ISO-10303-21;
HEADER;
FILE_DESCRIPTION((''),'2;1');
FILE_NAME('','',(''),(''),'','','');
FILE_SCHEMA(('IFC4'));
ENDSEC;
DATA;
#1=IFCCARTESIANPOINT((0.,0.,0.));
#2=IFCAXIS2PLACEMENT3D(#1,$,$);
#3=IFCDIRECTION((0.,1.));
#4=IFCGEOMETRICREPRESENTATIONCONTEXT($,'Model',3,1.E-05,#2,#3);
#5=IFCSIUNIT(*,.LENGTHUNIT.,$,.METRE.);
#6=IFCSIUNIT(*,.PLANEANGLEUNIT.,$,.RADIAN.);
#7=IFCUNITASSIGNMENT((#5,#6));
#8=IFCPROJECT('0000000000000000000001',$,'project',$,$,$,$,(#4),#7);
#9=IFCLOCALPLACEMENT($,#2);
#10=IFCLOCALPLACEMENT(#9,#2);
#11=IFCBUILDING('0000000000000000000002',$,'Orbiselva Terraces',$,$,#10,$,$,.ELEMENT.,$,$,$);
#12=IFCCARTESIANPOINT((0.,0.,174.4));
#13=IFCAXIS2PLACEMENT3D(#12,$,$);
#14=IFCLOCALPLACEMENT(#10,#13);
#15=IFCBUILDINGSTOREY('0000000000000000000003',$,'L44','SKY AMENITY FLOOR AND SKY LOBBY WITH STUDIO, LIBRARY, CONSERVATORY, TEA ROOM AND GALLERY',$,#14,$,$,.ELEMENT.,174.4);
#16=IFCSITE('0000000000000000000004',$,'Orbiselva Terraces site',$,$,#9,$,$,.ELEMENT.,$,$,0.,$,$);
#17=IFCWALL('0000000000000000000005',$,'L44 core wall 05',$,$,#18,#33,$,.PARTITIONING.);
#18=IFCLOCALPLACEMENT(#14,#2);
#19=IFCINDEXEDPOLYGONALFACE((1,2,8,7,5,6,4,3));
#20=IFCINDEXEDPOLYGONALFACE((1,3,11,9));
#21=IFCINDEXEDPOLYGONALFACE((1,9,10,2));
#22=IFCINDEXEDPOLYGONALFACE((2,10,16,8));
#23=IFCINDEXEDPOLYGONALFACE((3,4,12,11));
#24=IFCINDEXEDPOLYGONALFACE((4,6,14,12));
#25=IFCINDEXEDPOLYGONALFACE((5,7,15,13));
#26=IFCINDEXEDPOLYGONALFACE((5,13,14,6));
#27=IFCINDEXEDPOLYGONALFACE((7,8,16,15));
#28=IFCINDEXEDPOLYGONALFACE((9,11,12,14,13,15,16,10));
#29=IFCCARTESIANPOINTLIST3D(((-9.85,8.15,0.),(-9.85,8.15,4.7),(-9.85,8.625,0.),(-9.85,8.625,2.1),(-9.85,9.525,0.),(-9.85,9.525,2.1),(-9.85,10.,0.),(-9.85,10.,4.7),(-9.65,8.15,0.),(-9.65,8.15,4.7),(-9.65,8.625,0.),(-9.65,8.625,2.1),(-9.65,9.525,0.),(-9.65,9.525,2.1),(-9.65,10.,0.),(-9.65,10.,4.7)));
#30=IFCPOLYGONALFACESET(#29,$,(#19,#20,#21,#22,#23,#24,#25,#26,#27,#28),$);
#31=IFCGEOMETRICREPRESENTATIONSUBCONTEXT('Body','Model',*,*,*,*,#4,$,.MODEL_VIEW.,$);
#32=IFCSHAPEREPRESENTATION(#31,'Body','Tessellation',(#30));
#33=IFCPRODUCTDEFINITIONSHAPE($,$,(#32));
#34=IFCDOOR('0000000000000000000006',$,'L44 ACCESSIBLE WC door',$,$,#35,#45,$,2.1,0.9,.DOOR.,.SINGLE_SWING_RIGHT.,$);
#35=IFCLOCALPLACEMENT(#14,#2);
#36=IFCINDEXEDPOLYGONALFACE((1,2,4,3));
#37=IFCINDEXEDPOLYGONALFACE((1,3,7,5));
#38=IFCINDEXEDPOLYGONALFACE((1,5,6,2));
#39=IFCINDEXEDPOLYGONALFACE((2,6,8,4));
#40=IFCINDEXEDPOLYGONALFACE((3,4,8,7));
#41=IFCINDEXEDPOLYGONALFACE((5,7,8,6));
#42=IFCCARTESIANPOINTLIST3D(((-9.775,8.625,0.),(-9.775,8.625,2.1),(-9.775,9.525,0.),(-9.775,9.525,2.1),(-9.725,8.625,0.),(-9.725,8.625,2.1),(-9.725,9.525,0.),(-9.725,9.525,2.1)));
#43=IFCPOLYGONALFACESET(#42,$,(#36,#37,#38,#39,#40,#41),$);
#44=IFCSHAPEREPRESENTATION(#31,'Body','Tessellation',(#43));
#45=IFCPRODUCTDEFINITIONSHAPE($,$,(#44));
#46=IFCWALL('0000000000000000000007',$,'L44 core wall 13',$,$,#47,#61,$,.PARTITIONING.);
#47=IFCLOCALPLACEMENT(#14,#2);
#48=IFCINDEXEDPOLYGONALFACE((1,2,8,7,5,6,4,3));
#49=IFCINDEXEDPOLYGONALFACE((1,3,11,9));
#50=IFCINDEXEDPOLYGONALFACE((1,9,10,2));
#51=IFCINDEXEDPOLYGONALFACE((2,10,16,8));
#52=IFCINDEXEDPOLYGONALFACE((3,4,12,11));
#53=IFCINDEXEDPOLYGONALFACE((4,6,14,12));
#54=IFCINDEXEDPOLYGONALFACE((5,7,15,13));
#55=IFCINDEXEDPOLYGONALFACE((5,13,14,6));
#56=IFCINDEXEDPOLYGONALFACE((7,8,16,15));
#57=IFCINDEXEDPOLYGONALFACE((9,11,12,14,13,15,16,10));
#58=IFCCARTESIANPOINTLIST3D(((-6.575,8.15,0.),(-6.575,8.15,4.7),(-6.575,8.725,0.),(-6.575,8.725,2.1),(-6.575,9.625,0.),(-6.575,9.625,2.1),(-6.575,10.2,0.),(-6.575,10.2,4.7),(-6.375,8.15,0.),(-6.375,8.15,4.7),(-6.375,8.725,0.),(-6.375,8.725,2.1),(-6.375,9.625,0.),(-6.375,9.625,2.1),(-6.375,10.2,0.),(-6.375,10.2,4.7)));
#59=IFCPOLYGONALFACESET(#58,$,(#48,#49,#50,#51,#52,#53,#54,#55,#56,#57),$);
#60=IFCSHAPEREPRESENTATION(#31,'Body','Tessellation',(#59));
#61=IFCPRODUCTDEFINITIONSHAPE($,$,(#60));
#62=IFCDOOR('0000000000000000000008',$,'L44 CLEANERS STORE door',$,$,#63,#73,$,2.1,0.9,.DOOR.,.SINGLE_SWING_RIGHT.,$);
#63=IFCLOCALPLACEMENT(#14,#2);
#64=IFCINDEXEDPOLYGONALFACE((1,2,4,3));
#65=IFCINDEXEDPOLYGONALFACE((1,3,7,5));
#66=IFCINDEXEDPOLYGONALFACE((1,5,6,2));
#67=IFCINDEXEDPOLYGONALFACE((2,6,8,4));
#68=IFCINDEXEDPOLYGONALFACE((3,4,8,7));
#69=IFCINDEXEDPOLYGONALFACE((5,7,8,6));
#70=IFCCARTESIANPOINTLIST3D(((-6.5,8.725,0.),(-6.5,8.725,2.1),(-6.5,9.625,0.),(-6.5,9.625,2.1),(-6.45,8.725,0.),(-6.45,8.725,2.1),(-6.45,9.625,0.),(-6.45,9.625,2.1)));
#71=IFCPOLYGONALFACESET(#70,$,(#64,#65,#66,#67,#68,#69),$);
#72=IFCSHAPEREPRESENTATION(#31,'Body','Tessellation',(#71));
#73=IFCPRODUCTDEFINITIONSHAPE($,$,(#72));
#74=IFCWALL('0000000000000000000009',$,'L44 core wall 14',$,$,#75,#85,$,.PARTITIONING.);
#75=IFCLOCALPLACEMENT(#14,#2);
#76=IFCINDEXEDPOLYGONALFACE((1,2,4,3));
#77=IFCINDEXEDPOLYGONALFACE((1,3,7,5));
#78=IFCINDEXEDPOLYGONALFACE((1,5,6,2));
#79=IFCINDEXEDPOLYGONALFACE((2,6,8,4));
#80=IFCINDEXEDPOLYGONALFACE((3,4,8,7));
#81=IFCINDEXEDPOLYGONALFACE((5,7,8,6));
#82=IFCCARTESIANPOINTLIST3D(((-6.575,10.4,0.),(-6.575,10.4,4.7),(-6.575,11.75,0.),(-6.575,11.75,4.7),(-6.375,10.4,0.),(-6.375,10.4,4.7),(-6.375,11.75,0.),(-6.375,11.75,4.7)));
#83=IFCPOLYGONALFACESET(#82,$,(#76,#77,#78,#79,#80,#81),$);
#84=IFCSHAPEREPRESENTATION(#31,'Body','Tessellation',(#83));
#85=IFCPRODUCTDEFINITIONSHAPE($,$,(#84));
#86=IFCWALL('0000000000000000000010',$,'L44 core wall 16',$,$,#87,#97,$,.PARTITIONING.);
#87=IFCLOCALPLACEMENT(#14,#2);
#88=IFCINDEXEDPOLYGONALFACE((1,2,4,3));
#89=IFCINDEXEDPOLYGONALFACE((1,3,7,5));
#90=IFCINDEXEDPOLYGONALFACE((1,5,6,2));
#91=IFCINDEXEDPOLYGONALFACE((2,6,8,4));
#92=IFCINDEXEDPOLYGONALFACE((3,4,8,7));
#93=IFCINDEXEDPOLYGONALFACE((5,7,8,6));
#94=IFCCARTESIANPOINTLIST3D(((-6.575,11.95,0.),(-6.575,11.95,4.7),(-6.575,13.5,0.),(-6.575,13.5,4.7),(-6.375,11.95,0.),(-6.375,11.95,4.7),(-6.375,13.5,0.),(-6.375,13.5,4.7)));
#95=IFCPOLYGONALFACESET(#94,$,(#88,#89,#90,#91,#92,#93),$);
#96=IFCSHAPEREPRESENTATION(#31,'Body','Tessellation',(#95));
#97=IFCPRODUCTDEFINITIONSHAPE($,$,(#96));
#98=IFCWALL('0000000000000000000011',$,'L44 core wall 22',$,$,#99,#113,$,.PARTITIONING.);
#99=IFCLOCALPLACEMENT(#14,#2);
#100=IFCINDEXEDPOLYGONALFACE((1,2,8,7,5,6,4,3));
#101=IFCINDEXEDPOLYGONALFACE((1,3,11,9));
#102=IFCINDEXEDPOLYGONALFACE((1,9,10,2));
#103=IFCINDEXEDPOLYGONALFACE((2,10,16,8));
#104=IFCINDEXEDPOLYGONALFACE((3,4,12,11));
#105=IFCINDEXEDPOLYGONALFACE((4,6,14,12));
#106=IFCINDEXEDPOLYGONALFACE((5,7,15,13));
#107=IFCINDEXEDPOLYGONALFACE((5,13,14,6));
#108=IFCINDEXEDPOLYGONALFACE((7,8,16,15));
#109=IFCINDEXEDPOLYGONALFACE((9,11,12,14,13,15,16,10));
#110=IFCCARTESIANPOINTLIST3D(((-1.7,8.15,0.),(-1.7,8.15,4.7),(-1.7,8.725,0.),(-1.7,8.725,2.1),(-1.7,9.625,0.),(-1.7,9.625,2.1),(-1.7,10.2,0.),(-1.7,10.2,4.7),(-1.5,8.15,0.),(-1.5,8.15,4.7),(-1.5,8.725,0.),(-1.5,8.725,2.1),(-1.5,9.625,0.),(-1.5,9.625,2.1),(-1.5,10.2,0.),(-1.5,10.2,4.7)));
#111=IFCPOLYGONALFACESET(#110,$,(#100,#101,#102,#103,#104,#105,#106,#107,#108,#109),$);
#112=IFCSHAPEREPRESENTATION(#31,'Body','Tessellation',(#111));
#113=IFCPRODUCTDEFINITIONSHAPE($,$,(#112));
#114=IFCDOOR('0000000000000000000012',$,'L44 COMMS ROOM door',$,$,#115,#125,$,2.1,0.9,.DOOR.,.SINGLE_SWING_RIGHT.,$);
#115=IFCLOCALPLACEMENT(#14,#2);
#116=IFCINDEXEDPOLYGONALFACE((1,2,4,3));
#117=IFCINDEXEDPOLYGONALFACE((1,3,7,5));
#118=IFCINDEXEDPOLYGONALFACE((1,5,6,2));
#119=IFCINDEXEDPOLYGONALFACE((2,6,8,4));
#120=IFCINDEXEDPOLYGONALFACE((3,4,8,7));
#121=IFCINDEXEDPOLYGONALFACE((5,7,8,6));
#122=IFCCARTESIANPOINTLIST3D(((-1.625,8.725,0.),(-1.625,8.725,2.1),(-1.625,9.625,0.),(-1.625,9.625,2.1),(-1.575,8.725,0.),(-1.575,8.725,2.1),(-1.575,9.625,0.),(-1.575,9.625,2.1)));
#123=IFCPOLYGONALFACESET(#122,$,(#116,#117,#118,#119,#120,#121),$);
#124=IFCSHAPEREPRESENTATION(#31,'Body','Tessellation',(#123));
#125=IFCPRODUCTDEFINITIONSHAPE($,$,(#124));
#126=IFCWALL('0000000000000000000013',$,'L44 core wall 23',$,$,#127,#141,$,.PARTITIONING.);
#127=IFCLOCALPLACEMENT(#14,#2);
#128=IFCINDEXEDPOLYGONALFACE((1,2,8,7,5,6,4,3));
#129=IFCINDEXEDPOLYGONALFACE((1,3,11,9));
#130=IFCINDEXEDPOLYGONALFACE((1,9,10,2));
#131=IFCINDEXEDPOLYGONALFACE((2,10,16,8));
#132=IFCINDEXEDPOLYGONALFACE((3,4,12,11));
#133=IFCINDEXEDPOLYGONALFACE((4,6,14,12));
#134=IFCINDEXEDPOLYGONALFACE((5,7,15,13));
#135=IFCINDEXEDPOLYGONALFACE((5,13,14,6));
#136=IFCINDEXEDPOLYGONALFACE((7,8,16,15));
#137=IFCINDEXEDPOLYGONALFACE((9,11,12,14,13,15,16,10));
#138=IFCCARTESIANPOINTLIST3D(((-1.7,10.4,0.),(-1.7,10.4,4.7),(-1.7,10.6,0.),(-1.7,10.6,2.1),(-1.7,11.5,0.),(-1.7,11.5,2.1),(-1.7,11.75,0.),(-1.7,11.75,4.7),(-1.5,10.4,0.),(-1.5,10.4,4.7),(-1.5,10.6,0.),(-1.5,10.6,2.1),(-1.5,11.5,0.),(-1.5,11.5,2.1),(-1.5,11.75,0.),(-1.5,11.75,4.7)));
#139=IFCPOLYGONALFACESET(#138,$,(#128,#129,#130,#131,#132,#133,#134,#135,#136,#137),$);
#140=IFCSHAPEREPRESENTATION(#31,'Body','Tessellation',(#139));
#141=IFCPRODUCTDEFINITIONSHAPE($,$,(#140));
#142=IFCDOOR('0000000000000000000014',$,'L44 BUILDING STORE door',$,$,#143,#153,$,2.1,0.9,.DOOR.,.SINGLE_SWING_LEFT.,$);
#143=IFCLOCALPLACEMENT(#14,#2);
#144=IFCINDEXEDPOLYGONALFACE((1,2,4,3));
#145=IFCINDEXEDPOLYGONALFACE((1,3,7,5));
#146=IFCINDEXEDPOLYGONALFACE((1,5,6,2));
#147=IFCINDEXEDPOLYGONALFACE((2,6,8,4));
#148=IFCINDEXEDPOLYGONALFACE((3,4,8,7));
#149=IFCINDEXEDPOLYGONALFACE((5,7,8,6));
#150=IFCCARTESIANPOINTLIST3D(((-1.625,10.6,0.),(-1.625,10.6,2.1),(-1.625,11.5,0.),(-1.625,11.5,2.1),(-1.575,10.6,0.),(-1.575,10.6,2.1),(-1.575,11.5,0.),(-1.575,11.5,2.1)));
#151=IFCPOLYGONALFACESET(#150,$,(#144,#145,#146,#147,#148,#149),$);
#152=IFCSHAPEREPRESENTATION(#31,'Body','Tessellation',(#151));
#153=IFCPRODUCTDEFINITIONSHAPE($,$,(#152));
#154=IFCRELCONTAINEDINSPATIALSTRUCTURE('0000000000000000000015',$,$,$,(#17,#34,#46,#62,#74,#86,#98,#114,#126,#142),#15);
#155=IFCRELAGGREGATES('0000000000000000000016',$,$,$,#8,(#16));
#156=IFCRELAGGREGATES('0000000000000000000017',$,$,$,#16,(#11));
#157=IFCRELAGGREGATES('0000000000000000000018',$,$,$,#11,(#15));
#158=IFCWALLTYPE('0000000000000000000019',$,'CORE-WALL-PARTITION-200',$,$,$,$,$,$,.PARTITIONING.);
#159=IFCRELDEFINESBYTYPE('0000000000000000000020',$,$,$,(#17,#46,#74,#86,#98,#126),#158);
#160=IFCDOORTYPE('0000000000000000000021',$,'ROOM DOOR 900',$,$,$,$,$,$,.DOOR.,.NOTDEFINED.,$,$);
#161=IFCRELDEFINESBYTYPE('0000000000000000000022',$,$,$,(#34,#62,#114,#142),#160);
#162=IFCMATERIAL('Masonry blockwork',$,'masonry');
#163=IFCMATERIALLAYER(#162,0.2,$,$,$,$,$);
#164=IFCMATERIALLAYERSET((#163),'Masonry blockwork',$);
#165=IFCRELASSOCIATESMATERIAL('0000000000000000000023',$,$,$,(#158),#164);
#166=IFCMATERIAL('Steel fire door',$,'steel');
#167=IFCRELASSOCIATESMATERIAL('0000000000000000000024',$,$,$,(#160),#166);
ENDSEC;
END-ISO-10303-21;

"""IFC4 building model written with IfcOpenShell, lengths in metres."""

from ifc_helpers import new_model, si_unit, direction, frame, frame_2d, origin, place, context, subcontext, project, spatial, rectangle, extrude, material, layer, layer_set, type_object, element, fill, save


model = new_model("IFC4")

# Units and contexts
model_context = context("Model", 3, precision=1e-05, world=origin(), true_north=direction((0.0, 1.0)))
body_context = subcontext(model_context, "Body", "Model", "MODEL_VIEW")
ifc_project = project(units=[si_unit("LENGTHUNIT", "METRE"), si_unit("PLANEANGLEUNIT", "RADIAN")], contexts=[model_context])

# Site, building, storey
site_placement = place(None, origin())
site = spatial("IfcSite", under=ifc_project, at=site_placement, Name="Orbiselva Terraces site", CompositionType="ELEMENT", RefElevation=0.0)
building_placement = place(site_placement, origin())
building = spatial("IfcBuilding", under=site, at=building_placement, Name="Orbiselva Terraces", CompositionType="ELEMENT")
storey_placement = place(building_placement, frame((0.0, 0.0, 174.4)))
storey = spatial("IfcBuildingStorey", under=building, at=storey_placement, Name="L44", Description="SKY AMENITY FLOOR AND SKY LOBBY WITH STUDIO, LIBRARY, CONSERVATORY, TEA ROOM AND GALLERY", CompositionType="ELEMENT", Elevation=174.4)

# Walls, openings, doors
ifc_material_1 = material(Name="Masonry blockwork", Category="masonry")
ifc_layer_1 = layer(ifc_material_1, 0.2)
ifc_layer_set_1 = layer_set([ifc_layer_1], Name="Masonry blockwork")
wall_type_1 = type_object("IfcWallType", Name="CORE-WALL-PARTITION-200", PredefinedType="PARTITIONING", material=ifc_layer_set_1)
wall_1_placement = place(storey_placement, frame((-9.75, 8.15, 0.0), z_axis=(0.0, 0.0, 1.0), x_axis=(0.0, 1.0, 0.0)))
wall_1 = element("IfcWall", 1, at=wall_1_placement, inside=storey, type_object=wall_type_1, Name="L44 core wall 05", PredefinedType="PARTITIONING", context=body_context, shape_type="SweptSolid", body=[
    extrude(rectangle(XDim=1.85, YDim=0.2, at=frame_2d((0.925, 0.0))), origin(), (0.0, 0.0, 1.0), 4.7),
])
opening_1_placement = place(wall_1_placement, frame((0.475, 0.0, 0.0)))
opening_1 = element("IfcOpeningElement", 2, at=opening_1_placement, cuts=wall_1, PredefinedType="OPENING", context=body_context, shape_type="SweptSolid", body=[
    extrude(rectangle(XDim=0.9, YDim=2.1, at=frame_2d((0.45, 1.05))), frame((0.0, 0.11, 0.0), z_axis=(0.0, -1.0, 0.0), x_axis=(1.0, 0.0, 0.0)), (0.0, 0.0, 1.0), 0.22),
])
ifc_material_2 = material(Name="Steel fire door", Category="steel")
door_type = type_object("IfcDoorType", Name="ROOM DOOR 900", OperationType="NOTDEFINED", PredefinedType="DOOR", material=ifc_material_2)
door_1_placement = place(opening_1_placement, origin())
door_1 = element("IfcDoor", 3, at=door_1_placement, inside=storey, type_object=door_type, Name="L44 ACCESSIBLE WC door", OperationType="SINGLE_SWING_RIGHT", OverallHeight=2.1, OverallWidth=0.9, PredefinedType="DOOR", context=body_context, shape_type="SweptSolid", body=[
    extrude(rectangle(XDim=0.9, YDim=2.1, at=frame_2d((0.45, 1.05))), frame((0.0, 0.025, 0.0), z_axis=(0.0, -1.0, 0.0), x_axis=(1.0, 0.0, 0.0)), (0.0, 0.0, 1.0), 0.05),
])
fill(opening_1, door_1)
wall_2_placement = place(storey_placement, frame((-6.475, 8.15, 0.0), z_axis=(0.0, 0.0, 1.0), x_axis=(0.0, 1.0, 0.0)))
wall_2 = element("IfcWall", 4, at=wall_2_placement, inside=storey, type_object=wall_type_1, Name="L44 core wall 13", PredefinedType="PARTITIONING", context=body_context, shape_type="SweptSolid", body=[
    extrude(rectangle(XDim=2.05, YDim=0.2, at=frame_2d((1.025, 0.0))), origin(), (0.0, 0.0, 1.0), 4.7),
])
opening_2_placement = place(wall_2_placement, frame((0.575, 0.0, 0.0)))
opening_2 = element("IfcOpeningElement", 5, at=opening_2_placement, cuts=wall_2, PredefinedType="OPENING", context=body_context, shape_type="SweptSolid", body=[
    extrude(rectangle(XDim=0.9, YDim=2.1, at=frame_2d((0.45, 1.05))), frame((0.0, 0.11, 0.0), z_axis=(0.0, -1.0, 0.0), x_axis=(1.0, 0.0, 0.0)), (0.0, 0.0, 1.0), 0.22),
])
door_2_placement = place(opening_2_placement, origin())
door_2 = element("IfcDoor", 6, at=door_2_placement, inside=storey, type_object=door_type, Name="L44 CLEANERS STORE door", OperationType="SINGLE_SWING_RIGHT", OverallHeight=2.1, OverallWidth=0.9, PredefinedType="DOOR", context=body_context, shape_type="SweptSolid", body=[
    extrude(rectangle(XDim=0.9, YDim=2.1, at=frame_2d((0.45, 1.05))), frame((0.0, 0.025, 0.0), z_axis=(0.0, -1.0, 0.0), x_axis=(1.0, 0.0, 0.0)), (0.0, 0.0, 1.0), 0.05),
])
fill(opening_2, door_2)

# Walls
wall_3_placement = place(storey_placement, frame((-6.475, 10.4, 0.0), z_axis=(0.0, 0.0, 1.0), x_axis=(0.0, 1.0, 0.0)))
element("IfcWall", 7, at=wall_3_placement, inside=storey, type_object=wall_type_1, Name="L44 core wall 14", PredefinedType="PARTITIONING", context=body_context, shape_type="SweptSolid", body=[
    extrude(rectangle(XDim=1.35, YDim=0.2, at=frame_2d((0.675, 0.0))), origin(), (0.0, 0.0, 1.0), 4.7),
])
wall_4_placement = place(storey_placement, frame((-6.475, 11.95, 0.0), z_axis=(0.0, 0.0, 1.0), x_axis=(0.0, 1.0, 0.0)))
element("IfcWall", 8, at=wall_4_placement, inside=storey, type_object=wall_type_1, Name="L44 core wall 16", PredefinedType="PARTITIONING", context=body_context, shape_type="SweptSolid", body=[
    extrude(rectangle(XDim=1.55, YDim=0.2, at=frame_2d((0.775, 0.0))), origin(), (0.0, 0.0, 1.0), 4.7),
])

# Walls, openings, doors
wall_5_placement = place(storey_placement, frame((-1.6, 8.15, 0.0), z_axis=(0.0, 0.0, 1.0), x_axis=(0.0, 1.0, 0.0)))
wall_5 = element("IfcWall", 9, at=wall_5_placement, inside=storey, type_object=wall_type_1, Name="L44 core wall 22", PredefinedType="PARTITIONING", context=body_context, shape_type="SweptSolid", body=[
    extrude(rectangle(XDim=2.05, YDim=0.2, at=frame_2d((1.025, 0.0))), origin(), (0.0, 0.0, 1.0), 4.7),
])
opening_3_placement = place(wall_5_placement, frame((0.575, 0.0, 0.0)))
opening_3 = element("IfcOpeningElement", 10, at=opening_3_placement, cuts=wall_5, PredefinedType="OPENING", context=body_context, shape_type="SweptSolid", body=[
    extrude(rectangle(XDim=0.9, YDim=2.1, at=frame_2d((0.45, 1.05))), frame((0.0, 0.11, 0.0), z_axis=(0.0, -1.0, 0.0), x_axis=(1.0, 0.0, 0.0)), (0.0, 0.0, 1.0), 0.22),
])
door_3_placement = place(opening_3_placement, origin())
door_3 = element("IfcDoor", 11, at=door_3_placement, inside=storey, type_object=door_type, Name="L44 COMMS ROOM door", OperationType="SINGLE_SWING_RIGHT", OverallHeight=2.1, OverallWidth=0.9, PredefinedType="DOOR", context=body_context, shape_type="SweptSolid", body=[
    extrude(rectangle(XDim=0.9, YDim=2.1, at=frame_2d((0.45, 1.05))), frame((0.0, 0.025, 0.0), z_axis=(0.0, -1.0, 0.0), x_axis=(1.0, 0.0, 0.0)), (0.0, 0.0, 1.0), 0.05),
])
fill(opening_3, door_3)
wall_6_placement = place(storey_placement, frame((-1.6, 10.4, 0.0), z_axis=(0.0, 0.0, 1.0), x_axis=(0.0, 1.0, 0.0)))
wall_6 = element("IfcWall", 12, at=wall_6_placement, inside=storey, type_object=wall_type_1, Name="L44 core wall 23", PredefinedType="PARTITIONING", context=body_context, shape_type="SweptSolid", body=[
    extrude(rectangle(XDim=1.35, YDim=0.2, at=frame_2d((0.675, 0.0))), origin(), (0.0, 0.0, 1.0), 4.7),
])
opening_4_placement = place(wall_6_placement, frame((0.2, 0.0, 0.0)))
opening_4 = element("IfcOpeningElement", 13, at=opening_4_placement, cuts=wall_6, PredefinedType="OPENING", context=body_context, shape_type="SweptSolid", body=[
    extrude(rectangle(XDim=0.9, YDim=2.1, at=frame_2d((0.45, 1.05))), frame((0.0, 0.11, 0.0), z_axis=(0.0, -1.0, 0.0), x_axis=(1.0, 0.0, 0.0)), (0.0, 0.0, 1.0), 0.22),
])
door_4_placement = place(opening_4_placement, origin())
door_4 = element("IfcDoor", 14, at=door_4_placement, inside=storey, type_object=door_type, Name="L44 BUILDING STORE door", OperationType="SINGLE_SWING_LEFT", OverallHeight=2.1, OverallWidth=0.9, PredefinedType="DOOR", context=body_context, shape_type="SweptSolid", body=[
    extrude(rectangle(XDim=0.9, YDim=2.1, at=frame_2d((0.45, 1.05))), frame((0.0, 0.025, 0.0), z_axis=(0.0, -1.0, 0.0), x_axis=(1.0, 0.0, 0.0)), (0.0, 0.0, 1.0), 0.05),
])
fill(opening_4, door_4)

save(model, "model.ifc")
